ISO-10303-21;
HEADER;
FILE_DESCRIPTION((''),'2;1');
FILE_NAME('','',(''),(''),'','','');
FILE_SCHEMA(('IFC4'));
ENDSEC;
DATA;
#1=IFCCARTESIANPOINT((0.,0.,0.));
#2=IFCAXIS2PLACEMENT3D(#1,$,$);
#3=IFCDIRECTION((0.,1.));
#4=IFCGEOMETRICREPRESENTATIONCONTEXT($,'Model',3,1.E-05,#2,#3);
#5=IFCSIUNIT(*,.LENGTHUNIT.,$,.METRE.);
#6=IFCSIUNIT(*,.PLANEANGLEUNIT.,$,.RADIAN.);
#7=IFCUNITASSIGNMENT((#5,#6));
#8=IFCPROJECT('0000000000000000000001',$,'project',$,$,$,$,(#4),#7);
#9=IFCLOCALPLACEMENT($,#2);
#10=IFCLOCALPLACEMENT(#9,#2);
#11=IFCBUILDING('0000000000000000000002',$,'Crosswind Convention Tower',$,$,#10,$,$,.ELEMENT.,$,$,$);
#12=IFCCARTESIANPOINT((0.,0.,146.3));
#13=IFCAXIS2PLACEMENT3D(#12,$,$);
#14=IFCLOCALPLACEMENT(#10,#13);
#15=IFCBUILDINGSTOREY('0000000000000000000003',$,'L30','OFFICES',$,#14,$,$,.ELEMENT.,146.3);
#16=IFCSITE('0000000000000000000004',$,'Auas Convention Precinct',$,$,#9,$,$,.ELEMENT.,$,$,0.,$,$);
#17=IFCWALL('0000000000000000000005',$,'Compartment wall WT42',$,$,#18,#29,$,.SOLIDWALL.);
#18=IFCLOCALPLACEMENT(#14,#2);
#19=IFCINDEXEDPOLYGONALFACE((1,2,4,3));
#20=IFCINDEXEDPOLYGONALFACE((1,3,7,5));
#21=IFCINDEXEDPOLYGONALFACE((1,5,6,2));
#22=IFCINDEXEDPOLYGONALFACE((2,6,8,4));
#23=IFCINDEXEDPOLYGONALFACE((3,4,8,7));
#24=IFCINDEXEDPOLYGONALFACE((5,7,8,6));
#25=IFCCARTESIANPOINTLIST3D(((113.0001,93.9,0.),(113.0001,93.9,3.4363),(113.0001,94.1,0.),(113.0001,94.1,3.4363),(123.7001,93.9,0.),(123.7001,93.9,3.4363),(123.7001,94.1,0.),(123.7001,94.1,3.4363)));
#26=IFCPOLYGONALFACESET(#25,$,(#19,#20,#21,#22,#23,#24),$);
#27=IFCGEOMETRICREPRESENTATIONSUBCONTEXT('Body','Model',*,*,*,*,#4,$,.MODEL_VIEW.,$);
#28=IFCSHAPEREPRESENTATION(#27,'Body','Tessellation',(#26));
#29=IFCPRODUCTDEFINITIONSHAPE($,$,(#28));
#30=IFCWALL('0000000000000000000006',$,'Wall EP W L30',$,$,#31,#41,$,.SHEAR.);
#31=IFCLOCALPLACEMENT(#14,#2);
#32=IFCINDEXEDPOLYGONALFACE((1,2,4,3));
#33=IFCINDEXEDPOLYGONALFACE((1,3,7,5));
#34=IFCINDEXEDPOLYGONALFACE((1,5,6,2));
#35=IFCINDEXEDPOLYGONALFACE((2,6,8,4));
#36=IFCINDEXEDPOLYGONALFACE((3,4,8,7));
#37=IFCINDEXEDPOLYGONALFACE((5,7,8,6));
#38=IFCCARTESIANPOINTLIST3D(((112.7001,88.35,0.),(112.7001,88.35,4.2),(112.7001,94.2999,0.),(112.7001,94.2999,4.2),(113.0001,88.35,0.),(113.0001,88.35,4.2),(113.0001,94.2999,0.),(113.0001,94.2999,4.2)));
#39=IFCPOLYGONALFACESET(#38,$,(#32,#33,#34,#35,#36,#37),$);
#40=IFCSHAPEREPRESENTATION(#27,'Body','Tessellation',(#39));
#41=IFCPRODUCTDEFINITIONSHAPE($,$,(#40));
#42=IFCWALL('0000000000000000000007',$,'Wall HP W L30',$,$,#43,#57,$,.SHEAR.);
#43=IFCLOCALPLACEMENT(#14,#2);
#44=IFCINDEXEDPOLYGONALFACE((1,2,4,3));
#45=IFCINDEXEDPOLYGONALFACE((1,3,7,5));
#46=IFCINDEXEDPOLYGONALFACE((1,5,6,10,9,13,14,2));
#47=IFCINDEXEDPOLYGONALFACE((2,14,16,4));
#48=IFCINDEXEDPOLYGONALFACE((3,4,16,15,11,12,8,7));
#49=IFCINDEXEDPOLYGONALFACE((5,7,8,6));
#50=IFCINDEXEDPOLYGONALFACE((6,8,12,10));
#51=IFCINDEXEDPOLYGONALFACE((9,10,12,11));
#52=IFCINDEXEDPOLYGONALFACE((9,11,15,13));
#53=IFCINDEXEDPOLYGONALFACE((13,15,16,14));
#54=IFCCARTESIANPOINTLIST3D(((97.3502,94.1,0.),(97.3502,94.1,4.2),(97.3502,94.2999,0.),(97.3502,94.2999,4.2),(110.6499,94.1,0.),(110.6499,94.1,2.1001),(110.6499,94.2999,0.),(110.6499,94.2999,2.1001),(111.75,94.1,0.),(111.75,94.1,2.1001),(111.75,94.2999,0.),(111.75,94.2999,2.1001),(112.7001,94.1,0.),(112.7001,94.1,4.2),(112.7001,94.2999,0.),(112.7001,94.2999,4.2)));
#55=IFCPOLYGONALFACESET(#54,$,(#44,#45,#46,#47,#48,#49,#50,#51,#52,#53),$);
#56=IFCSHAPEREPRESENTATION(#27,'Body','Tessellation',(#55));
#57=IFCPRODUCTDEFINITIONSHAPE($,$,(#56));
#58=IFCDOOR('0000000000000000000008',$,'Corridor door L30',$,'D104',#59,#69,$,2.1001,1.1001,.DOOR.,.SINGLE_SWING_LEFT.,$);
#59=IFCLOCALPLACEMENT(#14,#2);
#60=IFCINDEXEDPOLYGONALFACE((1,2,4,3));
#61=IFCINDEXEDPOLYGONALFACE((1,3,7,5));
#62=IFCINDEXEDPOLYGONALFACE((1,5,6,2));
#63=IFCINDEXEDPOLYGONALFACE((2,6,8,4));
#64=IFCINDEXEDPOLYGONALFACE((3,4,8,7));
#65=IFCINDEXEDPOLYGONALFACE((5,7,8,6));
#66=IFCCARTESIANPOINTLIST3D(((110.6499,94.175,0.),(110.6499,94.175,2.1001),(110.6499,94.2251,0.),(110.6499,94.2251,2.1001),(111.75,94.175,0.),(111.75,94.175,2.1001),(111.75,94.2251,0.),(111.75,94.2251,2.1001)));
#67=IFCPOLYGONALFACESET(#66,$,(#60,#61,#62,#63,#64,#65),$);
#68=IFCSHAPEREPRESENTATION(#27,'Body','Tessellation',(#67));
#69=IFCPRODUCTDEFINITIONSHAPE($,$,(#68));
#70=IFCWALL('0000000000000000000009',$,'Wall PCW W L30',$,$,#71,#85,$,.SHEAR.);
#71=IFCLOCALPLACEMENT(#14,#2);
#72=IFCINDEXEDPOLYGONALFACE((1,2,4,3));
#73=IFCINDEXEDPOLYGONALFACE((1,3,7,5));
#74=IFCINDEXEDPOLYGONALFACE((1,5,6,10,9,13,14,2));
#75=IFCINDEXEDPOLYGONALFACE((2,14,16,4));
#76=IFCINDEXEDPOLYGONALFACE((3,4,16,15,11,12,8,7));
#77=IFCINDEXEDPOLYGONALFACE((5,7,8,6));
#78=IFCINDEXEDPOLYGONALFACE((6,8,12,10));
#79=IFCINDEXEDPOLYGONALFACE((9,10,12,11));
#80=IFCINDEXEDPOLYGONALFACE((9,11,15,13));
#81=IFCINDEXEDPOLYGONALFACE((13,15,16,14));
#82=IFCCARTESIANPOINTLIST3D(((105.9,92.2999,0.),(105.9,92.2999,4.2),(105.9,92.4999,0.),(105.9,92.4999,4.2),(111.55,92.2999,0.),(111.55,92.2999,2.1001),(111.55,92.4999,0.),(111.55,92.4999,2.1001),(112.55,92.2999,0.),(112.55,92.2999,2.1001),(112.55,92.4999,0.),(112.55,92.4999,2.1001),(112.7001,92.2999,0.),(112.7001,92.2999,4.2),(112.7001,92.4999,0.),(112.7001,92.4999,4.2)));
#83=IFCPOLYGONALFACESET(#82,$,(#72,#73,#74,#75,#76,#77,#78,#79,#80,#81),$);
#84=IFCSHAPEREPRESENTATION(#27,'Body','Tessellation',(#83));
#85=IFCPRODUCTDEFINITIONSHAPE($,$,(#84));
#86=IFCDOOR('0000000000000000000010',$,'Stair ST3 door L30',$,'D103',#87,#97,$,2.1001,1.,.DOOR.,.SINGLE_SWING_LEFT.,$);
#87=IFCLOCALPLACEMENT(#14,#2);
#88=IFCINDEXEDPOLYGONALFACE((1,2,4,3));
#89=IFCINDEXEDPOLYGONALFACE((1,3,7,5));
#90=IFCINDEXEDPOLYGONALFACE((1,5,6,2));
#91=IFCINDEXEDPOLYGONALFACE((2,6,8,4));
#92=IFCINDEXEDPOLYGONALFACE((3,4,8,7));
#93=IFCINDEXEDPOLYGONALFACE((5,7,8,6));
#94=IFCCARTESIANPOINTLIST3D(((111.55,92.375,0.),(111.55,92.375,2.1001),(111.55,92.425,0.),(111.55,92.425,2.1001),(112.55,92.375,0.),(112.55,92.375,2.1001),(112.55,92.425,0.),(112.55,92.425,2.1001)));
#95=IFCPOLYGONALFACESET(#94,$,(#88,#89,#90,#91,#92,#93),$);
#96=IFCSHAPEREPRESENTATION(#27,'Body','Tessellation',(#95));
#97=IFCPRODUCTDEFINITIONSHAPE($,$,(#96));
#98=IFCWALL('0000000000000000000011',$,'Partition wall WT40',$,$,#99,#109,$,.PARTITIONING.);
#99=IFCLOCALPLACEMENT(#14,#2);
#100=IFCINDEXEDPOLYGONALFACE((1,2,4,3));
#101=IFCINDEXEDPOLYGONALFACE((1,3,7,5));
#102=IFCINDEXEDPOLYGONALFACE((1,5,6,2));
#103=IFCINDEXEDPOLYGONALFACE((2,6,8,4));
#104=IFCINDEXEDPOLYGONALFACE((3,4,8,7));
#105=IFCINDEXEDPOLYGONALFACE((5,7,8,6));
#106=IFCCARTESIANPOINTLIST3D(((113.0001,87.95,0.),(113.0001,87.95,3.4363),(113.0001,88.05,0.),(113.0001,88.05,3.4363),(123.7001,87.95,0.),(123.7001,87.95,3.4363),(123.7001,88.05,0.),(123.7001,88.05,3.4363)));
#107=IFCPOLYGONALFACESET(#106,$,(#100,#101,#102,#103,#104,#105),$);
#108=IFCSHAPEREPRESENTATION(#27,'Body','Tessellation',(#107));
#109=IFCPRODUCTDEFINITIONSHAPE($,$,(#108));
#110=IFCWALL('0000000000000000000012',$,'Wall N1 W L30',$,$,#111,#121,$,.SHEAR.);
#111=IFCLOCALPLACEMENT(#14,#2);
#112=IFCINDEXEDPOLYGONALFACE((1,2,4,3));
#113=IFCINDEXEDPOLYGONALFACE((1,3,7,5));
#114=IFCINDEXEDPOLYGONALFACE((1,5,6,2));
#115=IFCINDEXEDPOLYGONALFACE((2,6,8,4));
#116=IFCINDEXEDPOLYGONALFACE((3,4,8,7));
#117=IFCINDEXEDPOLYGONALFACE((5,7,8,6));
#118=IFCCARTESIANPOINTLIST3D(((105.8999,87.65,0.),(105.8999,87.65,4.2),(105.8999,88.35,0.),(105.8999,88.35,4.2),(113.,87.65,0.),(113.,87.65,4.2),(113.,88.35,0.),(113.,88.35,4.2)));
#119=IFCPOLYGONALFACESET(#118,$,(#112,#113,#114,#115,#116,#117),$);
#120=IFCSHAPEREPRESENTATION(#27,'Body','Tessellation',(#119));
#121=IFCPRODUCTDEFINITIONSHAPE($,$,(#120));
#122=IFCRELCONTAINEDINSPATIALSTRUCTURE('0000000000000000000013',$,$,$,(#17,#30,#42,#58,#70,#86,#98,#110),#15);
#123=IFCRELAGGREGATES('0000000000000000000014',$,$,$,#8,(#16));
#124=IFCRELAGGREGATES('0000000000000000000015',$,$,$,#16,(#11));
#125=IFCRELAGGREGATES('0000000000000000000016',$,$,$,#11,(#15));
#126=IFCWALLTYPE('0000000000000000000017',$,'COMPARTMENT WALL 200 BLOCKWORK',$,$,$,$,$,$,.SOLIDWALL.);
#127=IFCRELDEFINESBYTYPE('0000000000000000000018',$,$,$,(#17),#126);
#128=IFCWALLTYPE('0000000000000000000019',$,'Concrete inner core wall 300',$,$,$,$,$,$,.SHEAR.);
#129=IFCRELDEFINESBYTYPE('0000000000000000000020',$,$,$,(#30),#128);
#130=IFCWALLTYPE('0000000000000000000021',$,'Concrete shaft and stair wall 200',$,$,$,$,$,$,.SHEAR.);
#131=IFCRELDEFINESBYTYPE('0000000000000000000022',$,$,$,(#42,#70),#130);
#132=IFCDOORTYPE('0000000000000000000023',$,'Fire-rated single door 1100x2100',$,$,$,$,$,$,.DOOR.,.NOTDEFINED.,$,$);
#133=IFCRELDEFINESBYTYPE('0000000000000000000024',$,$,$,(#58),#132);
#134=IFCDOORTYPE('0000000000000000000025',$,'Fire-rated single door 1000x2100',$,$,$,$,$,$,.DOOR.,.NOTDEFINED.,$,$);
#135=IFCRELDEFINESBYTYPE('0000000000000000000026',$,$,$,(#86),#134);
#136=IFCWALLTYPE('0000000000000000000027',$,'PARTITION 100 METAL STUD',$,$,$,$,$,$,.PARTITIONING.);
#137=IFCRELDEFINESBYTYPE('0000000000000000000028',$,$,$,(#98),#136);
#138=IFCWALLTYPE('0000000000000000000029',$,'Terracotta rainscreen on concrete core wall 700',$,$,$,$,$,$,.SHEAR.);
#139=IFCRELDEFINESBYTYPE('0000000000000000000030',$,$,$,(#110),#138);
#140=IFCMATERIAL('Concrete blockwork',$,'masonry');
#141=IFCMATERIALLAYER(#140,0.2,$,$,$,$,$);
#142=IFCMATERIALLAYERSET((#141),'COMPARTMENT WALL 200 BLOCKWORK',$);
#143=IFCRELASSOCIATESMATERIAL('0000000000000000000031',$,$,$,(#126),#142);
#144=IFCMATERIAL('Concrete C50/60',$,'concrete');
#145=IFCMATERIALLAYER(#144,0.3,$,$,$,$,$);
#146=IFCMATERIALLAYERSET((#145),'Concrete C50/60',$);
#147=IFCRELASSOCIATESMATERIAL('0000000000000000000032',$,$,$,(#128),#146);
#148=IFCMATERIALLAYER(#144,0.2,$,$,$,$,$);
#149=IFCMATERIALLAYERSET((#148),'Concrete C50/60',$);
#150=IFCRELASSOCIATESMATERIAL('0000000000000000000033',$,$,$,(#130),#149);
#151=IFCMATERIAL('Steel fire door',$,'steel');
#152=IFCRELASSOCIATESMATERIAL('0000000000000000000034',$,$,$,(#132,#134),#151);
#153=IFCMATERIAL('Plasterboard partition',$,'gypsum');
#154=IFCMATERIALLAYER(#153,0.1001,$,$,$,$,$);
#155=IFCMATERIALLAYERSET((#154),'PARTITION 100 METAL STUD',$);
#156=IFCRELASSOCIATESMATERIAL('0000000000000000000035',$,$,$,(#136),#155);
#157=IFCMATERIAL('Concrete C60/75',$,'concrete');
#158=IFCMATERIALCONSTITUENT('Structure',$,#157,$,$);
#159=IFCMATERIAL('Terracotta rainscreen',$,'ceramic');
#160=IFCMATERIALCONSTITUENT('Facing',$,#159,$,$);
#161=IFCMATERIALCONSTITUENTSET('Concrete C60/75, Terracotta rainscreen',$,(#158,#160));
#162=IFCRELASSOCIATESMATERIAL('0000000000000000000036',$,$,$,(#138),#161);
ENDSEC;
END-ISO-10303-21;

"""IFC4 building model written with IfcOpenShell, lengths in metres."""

from ifc_helpers import new_model, si_unit, direction, frame, frame_2d, origin, place, context, subcontext, project, spatial, rectangle, extrude, material, layer, layer_set, constituent, constituent_set, type_object, element, fill, save


model = new_model("IFC4")

# Units and contexts
model_context = context("Model", 3, precision=1e-05, world=origin(), true_north=direction((0.0, 1.0)))
body_context = subcontext(model_context, "Body", "Model", "MODEL_VIEW")
ifc_project = project(units=[si_unit("LENGTHUNIT", "METRE"), si_unit("PLANEANGLEUNIT", "RADIAN")], contexts=[model_context])

# Site, building, storey
site_placement = place(None, origin())
site = spatial("IfcSite", under=ifc_project, at=site_placement, Name="Auas Convention Precinct", CompositionType="ELEMENT", RefElevation=0.0)
building_placement = place(site_placement, origin())
building = spatial("IfcBuilding", under=site, at=building_placement, Name="Crosswind Convention Tower", CompositionType="ELEMENT")
storey_placement = place(building_placement, frame((0.0, 0.0, 146.3)))
storey = spatial("IfcBuildingStorey", under=building, at=storey_placement, Name="L30", Description="OFFICES", CompositionType="ELEMENT", Elevation=146.3)

# Walls
ifc_material_1 = material(Name="Concrete blockwork", Category="masonry")
ifc_layer_1 = layer(ifc_material_1, 0.2)
ifc_layer_set_1 = layer_set([ifc_layer_1], Name="COMPARTMENT WALL 200 BLOCKWORK")
wall_type_1 = type_object("IfcWallType", Name="COMPARTMENT WALL 200 BLOCKWORK", PredefinedType="SOLIDWALL", material=ifc_layer_set_1)
wall_1_placement = place(storey_placement, frame((113.0, 94.0, 0.0), z_axis=(0.0, 0.0, 1.0), x_axis=(1.0, 0.0, 0.0)))
element("IfcWall", 1, at=wall_1_placement, inside=storey, type_object=wall_type_1, Name="Compartment wall WT42", PredefinedType="SOLIDWALL", context=body_context, shape_type="SweptSolid", body=[
    extrude(rectangle(XDim=10.7, YDim=0.2, at=frame_2d((5.3501, 0.0))), origin(), (0.0, 0.0, 1.0), 3.4363),
])
ifc_material_2 = material(Name="Concrete C50/60", Category="concrete")
ifc_layer_2 = layer(ifc_material_2, 0.3)
ifc_layer_set_2 = layer_set([ifc_layer_2], Name="Concrete C50/60")
wall_type_2 = type_object("IfcWallType", Name="Concrete inner core wall 300", PredefinedType="SHEAR", material=ifc_layer_set_2)
wall_2_placement = place(storey_placement, frame((112.8501, 94.3, 0.0), z_axis=(0.0, 0.0, 1.0), x_axis=(0.0, -1.0, 0.0)))
element("IfcWall", 2, at=wall_2_placement, inside=storey, type_object=wall_type_2, Name="Wall EP W L30", PredefinedType="SHEAR", context=body_context, shape_type="SweptSolid", body=[
    extrude(rectangle(XDim=5.95, YDim=0.3, at=frame_2d((2.9751, 0.0))), origin(), (0.0, 0.0, 1.0), 4.2),
])

# Walls, openings, doors
ifc_layer_3 = layer(ifc_material_2, 0.2)
ifc_layer_set_3 = layer_set([ifc_layer_3], Name="Concrete C50/60")
wall_type_3 = type_object("IfcWallType", Name="Concrete shaft and stair wall 200", PredefinedType="SHEAR", material=ifc_layer_set_3)
wall_3_placement = place(storey_placement, frame((112.7, 94.2, 0.0), z_axis=(0.0, 0.0, 1.0), x_axis=(-1.0, 0.0, 0.0)))
wall_3 = element("IfcWall", 3, at=wall_3_placement, inside=storey, type_object=wall_type_3, Name="Wall HP W L30", PredefinedType="SHEAR", context=body_context, shape_type="SweptSolid", body=[
    extrude(rectangle(XDim=15.3499, YDim=0.2, at=frame_2d((7.6748, 0.0))), origin(), (0.0, 0.0, 1.0), 4.2),
])
opening_1_placement = place(wall_3_placement, frame((0.95, 0.0, 0.0)))
opening_1 = element("IfcOpeningElement", 4, at=opening_1_placement, cuts=wall_3, PredefinedType="OPENING", context=body_context, shape_type="SweptSolid", body=[
    extrude(rectangle(XDim=1.1001, YDim=2.1001, at=frame_2d((0.55, 1.05))), frame((0.0, 0.1099, 0.0), z_axis=(0.0, -1.0, 0.0), x_axis=(1.0, 0.0, 0.0)), (0.0, 0.0, 1.0), 0.22),
])
ifc_material_3 = material(Name="Steel fire door", Category="steel")
door_type_1 = type_object("IfcDoorType", Name="Fire-rated single door 1100x2100", OperationType="NOTDEFINED", PredefinedType="DOOR", material=ifc_material_3)
door_1_placement = place(opening_1_placement, origin())
door_1 = element("IfcDoor", 5, at=door_1_placement, inside=storey, type_object=door_type_1, Name="Corridor door L30", ObjectType="D104", OperationType="SINGLE_SWING_LEFT", OverallHeight=2.1001, OverallWidth=1.1001, PredefinedType="DOOR", context=body_context, shape_type="SweptSolid", body=[
    extrude(rectangle(XDim=1.1001, YDim=2.1001, at=frame_2d((0.55, 1.05))), frame((0.0, 0.0249, 0.0), z_axis=(0.0, -1.0, 0.0), x_axis=(1.0, 0.0, 0.0)), (0.0, 0.0, 1.0), 0.05),
])
fill(opening_1, door_1)
wall_4_placement = place(storey_placement, frame((112.7, 92.3999, 0.0), z_axis=(0.0, 0.0, 1.0), x_axis=(-1.0, 0.0, 0.0)))
wall_4 = element("IfcWall", 6, at=wall_4_placement, inside=storey, type_object=wall_type_3, Name="Wall PCW W L30", PredefinedType="SHEAR", context=body_context, shape_type="SweptSolid", body=[
    extrude(rectangle(XDim=6.8, YDim=0.2, at=frame_2d((3.3999, 0.0))), origin(), (0.0, 0.0, 1.0), 4.2),
])
opening_2_placement = place(wall_4_placement, frame((0.1499, 0.0, 0.0)))
opening_2 = element("IfcOpeningElement", 7, at=opening_2_placement, cuts=wall_4, PredefinedType="OPENING", context=body_context, shape_type="SweptSolid", body=[
    extrude(rectangle(XDim=1.0, YDim=2.1001, at=frame_2d((0.5, 1.05))), frame((0.0, 0.1099, 0.0), z_axis=(0.0, -1.0, 0.0), x_axis=(1.0, 0.0, 0.0)), (0.0, 0.0, 1.0), 0.22),
])
door_type_2 = type_object("IfcDoorType", Name="Fire-rated single door 1000x2100", OperationType="NOTDEFINED", PredefinedType="DOOR", material=ifc_material_3)
door_2_placement = place(opening_2_placement, origin())
door_2 = element("IfcDoor", 8, at=door_2_placement, inside=storey, type_object=door_type_2, Name="Stair ST3 door L30", ObjectType="D103", OperationType="SINGLE_SWING_LEFT", OverallHeight=2.1001, OverallWidth=1.0, PredefinedType="DOOR", context=body_context, shape_type="SweptSolid", body=[
    extrude(rectangle(XDim=1.0, YDim=2.1001, at=frame_2d((0.5, 1.05))), frame((0.0, 0.0249, 0.0), z_axis=(0.0, -1.0, 0.0), x_axis=(1.0, 0.0, 0.0)), (0.0, 0.0, 1.0), 0.05),
])
fill(opening_2, door_2)

# Walls
ifc_material_4 = material(Name="Plasterboard partition", Category="gypsum")
ifc_layer_4 = layer(ifc_material_4, 0.1001)
ifc_layer_set_4 = layer_set([ifc_layer_4], Name="PARTITION 100 METAL STUD")
wall_type_4 = type_object("IfcWallType", Name="PARTITION 100 METAL STUD", PredefinedType="PARTITIONING", material=ifc_layer_set_4)
wall_5_placement = place(storey_placement, frame((113.0, 88.0, 0.0), z_axis=(0.0, 0.0, 1.0), x_axis=(1.0, 0.0, 0.0)))
element("IfcWall", 9, at=wall_5_placement, inside=storey, type_object=wall_type_4, Name="Partition wall WT40", PredefinedType="PARTITIONING", context=body_context, shape_type="SweptSolid", body=[
    extrude(rectangle(XDim=10.7, YDim=0.1001, at=frame_2d((5.3501, 0.0))), origin(), (0.0, 0.0, 1.0), 3.4363),
])
ifc_material_5 = material(Name="Concrete C60/75", Category="concrete")
ifc_constituent_1 = constituent(ifc_material_5, Name="Structure")
ifc_material_6 = material(Name="Terracotta rainscreen", Category="ceramic")
ifc_constituent_2 = constituent(ifc_material_6, Name="Facing")
ifc_constituent_set = constituent_set(constituents=[ifc_constituent_1, ifc_constituent_2], Name="Concrete C60/75, Terracotta rainscreen")
wall_type_5 = type_object("IfcWallType", Name="Terracotta rainscreen on concrete core wall 700", PredefinedType="SHEAR", material=ifc_constituent_set)
wall_6_placement = place(storey_placement, frame((113.0, 88.0, 0.0), z_axis=(0.0, 0.0, 1.0), x_axis=(-1.0, 0.0, 0.0)))
element("IfcWall", 10, at=wall_6_placement, inside=storey, type_object=wall_type_5, Name="Wall N1 W L30", PredefinedType="SHEAR", context=body_context, shape_type="SweptSolid", body=[
    extrude(rectangle(XDim=7.1001, YDim=0.7, at=frame_2d((3.55, 0.0))), origin(), (0.0, 0.0, 1.0), 4.2),
])

save(model, "model.ifc")
